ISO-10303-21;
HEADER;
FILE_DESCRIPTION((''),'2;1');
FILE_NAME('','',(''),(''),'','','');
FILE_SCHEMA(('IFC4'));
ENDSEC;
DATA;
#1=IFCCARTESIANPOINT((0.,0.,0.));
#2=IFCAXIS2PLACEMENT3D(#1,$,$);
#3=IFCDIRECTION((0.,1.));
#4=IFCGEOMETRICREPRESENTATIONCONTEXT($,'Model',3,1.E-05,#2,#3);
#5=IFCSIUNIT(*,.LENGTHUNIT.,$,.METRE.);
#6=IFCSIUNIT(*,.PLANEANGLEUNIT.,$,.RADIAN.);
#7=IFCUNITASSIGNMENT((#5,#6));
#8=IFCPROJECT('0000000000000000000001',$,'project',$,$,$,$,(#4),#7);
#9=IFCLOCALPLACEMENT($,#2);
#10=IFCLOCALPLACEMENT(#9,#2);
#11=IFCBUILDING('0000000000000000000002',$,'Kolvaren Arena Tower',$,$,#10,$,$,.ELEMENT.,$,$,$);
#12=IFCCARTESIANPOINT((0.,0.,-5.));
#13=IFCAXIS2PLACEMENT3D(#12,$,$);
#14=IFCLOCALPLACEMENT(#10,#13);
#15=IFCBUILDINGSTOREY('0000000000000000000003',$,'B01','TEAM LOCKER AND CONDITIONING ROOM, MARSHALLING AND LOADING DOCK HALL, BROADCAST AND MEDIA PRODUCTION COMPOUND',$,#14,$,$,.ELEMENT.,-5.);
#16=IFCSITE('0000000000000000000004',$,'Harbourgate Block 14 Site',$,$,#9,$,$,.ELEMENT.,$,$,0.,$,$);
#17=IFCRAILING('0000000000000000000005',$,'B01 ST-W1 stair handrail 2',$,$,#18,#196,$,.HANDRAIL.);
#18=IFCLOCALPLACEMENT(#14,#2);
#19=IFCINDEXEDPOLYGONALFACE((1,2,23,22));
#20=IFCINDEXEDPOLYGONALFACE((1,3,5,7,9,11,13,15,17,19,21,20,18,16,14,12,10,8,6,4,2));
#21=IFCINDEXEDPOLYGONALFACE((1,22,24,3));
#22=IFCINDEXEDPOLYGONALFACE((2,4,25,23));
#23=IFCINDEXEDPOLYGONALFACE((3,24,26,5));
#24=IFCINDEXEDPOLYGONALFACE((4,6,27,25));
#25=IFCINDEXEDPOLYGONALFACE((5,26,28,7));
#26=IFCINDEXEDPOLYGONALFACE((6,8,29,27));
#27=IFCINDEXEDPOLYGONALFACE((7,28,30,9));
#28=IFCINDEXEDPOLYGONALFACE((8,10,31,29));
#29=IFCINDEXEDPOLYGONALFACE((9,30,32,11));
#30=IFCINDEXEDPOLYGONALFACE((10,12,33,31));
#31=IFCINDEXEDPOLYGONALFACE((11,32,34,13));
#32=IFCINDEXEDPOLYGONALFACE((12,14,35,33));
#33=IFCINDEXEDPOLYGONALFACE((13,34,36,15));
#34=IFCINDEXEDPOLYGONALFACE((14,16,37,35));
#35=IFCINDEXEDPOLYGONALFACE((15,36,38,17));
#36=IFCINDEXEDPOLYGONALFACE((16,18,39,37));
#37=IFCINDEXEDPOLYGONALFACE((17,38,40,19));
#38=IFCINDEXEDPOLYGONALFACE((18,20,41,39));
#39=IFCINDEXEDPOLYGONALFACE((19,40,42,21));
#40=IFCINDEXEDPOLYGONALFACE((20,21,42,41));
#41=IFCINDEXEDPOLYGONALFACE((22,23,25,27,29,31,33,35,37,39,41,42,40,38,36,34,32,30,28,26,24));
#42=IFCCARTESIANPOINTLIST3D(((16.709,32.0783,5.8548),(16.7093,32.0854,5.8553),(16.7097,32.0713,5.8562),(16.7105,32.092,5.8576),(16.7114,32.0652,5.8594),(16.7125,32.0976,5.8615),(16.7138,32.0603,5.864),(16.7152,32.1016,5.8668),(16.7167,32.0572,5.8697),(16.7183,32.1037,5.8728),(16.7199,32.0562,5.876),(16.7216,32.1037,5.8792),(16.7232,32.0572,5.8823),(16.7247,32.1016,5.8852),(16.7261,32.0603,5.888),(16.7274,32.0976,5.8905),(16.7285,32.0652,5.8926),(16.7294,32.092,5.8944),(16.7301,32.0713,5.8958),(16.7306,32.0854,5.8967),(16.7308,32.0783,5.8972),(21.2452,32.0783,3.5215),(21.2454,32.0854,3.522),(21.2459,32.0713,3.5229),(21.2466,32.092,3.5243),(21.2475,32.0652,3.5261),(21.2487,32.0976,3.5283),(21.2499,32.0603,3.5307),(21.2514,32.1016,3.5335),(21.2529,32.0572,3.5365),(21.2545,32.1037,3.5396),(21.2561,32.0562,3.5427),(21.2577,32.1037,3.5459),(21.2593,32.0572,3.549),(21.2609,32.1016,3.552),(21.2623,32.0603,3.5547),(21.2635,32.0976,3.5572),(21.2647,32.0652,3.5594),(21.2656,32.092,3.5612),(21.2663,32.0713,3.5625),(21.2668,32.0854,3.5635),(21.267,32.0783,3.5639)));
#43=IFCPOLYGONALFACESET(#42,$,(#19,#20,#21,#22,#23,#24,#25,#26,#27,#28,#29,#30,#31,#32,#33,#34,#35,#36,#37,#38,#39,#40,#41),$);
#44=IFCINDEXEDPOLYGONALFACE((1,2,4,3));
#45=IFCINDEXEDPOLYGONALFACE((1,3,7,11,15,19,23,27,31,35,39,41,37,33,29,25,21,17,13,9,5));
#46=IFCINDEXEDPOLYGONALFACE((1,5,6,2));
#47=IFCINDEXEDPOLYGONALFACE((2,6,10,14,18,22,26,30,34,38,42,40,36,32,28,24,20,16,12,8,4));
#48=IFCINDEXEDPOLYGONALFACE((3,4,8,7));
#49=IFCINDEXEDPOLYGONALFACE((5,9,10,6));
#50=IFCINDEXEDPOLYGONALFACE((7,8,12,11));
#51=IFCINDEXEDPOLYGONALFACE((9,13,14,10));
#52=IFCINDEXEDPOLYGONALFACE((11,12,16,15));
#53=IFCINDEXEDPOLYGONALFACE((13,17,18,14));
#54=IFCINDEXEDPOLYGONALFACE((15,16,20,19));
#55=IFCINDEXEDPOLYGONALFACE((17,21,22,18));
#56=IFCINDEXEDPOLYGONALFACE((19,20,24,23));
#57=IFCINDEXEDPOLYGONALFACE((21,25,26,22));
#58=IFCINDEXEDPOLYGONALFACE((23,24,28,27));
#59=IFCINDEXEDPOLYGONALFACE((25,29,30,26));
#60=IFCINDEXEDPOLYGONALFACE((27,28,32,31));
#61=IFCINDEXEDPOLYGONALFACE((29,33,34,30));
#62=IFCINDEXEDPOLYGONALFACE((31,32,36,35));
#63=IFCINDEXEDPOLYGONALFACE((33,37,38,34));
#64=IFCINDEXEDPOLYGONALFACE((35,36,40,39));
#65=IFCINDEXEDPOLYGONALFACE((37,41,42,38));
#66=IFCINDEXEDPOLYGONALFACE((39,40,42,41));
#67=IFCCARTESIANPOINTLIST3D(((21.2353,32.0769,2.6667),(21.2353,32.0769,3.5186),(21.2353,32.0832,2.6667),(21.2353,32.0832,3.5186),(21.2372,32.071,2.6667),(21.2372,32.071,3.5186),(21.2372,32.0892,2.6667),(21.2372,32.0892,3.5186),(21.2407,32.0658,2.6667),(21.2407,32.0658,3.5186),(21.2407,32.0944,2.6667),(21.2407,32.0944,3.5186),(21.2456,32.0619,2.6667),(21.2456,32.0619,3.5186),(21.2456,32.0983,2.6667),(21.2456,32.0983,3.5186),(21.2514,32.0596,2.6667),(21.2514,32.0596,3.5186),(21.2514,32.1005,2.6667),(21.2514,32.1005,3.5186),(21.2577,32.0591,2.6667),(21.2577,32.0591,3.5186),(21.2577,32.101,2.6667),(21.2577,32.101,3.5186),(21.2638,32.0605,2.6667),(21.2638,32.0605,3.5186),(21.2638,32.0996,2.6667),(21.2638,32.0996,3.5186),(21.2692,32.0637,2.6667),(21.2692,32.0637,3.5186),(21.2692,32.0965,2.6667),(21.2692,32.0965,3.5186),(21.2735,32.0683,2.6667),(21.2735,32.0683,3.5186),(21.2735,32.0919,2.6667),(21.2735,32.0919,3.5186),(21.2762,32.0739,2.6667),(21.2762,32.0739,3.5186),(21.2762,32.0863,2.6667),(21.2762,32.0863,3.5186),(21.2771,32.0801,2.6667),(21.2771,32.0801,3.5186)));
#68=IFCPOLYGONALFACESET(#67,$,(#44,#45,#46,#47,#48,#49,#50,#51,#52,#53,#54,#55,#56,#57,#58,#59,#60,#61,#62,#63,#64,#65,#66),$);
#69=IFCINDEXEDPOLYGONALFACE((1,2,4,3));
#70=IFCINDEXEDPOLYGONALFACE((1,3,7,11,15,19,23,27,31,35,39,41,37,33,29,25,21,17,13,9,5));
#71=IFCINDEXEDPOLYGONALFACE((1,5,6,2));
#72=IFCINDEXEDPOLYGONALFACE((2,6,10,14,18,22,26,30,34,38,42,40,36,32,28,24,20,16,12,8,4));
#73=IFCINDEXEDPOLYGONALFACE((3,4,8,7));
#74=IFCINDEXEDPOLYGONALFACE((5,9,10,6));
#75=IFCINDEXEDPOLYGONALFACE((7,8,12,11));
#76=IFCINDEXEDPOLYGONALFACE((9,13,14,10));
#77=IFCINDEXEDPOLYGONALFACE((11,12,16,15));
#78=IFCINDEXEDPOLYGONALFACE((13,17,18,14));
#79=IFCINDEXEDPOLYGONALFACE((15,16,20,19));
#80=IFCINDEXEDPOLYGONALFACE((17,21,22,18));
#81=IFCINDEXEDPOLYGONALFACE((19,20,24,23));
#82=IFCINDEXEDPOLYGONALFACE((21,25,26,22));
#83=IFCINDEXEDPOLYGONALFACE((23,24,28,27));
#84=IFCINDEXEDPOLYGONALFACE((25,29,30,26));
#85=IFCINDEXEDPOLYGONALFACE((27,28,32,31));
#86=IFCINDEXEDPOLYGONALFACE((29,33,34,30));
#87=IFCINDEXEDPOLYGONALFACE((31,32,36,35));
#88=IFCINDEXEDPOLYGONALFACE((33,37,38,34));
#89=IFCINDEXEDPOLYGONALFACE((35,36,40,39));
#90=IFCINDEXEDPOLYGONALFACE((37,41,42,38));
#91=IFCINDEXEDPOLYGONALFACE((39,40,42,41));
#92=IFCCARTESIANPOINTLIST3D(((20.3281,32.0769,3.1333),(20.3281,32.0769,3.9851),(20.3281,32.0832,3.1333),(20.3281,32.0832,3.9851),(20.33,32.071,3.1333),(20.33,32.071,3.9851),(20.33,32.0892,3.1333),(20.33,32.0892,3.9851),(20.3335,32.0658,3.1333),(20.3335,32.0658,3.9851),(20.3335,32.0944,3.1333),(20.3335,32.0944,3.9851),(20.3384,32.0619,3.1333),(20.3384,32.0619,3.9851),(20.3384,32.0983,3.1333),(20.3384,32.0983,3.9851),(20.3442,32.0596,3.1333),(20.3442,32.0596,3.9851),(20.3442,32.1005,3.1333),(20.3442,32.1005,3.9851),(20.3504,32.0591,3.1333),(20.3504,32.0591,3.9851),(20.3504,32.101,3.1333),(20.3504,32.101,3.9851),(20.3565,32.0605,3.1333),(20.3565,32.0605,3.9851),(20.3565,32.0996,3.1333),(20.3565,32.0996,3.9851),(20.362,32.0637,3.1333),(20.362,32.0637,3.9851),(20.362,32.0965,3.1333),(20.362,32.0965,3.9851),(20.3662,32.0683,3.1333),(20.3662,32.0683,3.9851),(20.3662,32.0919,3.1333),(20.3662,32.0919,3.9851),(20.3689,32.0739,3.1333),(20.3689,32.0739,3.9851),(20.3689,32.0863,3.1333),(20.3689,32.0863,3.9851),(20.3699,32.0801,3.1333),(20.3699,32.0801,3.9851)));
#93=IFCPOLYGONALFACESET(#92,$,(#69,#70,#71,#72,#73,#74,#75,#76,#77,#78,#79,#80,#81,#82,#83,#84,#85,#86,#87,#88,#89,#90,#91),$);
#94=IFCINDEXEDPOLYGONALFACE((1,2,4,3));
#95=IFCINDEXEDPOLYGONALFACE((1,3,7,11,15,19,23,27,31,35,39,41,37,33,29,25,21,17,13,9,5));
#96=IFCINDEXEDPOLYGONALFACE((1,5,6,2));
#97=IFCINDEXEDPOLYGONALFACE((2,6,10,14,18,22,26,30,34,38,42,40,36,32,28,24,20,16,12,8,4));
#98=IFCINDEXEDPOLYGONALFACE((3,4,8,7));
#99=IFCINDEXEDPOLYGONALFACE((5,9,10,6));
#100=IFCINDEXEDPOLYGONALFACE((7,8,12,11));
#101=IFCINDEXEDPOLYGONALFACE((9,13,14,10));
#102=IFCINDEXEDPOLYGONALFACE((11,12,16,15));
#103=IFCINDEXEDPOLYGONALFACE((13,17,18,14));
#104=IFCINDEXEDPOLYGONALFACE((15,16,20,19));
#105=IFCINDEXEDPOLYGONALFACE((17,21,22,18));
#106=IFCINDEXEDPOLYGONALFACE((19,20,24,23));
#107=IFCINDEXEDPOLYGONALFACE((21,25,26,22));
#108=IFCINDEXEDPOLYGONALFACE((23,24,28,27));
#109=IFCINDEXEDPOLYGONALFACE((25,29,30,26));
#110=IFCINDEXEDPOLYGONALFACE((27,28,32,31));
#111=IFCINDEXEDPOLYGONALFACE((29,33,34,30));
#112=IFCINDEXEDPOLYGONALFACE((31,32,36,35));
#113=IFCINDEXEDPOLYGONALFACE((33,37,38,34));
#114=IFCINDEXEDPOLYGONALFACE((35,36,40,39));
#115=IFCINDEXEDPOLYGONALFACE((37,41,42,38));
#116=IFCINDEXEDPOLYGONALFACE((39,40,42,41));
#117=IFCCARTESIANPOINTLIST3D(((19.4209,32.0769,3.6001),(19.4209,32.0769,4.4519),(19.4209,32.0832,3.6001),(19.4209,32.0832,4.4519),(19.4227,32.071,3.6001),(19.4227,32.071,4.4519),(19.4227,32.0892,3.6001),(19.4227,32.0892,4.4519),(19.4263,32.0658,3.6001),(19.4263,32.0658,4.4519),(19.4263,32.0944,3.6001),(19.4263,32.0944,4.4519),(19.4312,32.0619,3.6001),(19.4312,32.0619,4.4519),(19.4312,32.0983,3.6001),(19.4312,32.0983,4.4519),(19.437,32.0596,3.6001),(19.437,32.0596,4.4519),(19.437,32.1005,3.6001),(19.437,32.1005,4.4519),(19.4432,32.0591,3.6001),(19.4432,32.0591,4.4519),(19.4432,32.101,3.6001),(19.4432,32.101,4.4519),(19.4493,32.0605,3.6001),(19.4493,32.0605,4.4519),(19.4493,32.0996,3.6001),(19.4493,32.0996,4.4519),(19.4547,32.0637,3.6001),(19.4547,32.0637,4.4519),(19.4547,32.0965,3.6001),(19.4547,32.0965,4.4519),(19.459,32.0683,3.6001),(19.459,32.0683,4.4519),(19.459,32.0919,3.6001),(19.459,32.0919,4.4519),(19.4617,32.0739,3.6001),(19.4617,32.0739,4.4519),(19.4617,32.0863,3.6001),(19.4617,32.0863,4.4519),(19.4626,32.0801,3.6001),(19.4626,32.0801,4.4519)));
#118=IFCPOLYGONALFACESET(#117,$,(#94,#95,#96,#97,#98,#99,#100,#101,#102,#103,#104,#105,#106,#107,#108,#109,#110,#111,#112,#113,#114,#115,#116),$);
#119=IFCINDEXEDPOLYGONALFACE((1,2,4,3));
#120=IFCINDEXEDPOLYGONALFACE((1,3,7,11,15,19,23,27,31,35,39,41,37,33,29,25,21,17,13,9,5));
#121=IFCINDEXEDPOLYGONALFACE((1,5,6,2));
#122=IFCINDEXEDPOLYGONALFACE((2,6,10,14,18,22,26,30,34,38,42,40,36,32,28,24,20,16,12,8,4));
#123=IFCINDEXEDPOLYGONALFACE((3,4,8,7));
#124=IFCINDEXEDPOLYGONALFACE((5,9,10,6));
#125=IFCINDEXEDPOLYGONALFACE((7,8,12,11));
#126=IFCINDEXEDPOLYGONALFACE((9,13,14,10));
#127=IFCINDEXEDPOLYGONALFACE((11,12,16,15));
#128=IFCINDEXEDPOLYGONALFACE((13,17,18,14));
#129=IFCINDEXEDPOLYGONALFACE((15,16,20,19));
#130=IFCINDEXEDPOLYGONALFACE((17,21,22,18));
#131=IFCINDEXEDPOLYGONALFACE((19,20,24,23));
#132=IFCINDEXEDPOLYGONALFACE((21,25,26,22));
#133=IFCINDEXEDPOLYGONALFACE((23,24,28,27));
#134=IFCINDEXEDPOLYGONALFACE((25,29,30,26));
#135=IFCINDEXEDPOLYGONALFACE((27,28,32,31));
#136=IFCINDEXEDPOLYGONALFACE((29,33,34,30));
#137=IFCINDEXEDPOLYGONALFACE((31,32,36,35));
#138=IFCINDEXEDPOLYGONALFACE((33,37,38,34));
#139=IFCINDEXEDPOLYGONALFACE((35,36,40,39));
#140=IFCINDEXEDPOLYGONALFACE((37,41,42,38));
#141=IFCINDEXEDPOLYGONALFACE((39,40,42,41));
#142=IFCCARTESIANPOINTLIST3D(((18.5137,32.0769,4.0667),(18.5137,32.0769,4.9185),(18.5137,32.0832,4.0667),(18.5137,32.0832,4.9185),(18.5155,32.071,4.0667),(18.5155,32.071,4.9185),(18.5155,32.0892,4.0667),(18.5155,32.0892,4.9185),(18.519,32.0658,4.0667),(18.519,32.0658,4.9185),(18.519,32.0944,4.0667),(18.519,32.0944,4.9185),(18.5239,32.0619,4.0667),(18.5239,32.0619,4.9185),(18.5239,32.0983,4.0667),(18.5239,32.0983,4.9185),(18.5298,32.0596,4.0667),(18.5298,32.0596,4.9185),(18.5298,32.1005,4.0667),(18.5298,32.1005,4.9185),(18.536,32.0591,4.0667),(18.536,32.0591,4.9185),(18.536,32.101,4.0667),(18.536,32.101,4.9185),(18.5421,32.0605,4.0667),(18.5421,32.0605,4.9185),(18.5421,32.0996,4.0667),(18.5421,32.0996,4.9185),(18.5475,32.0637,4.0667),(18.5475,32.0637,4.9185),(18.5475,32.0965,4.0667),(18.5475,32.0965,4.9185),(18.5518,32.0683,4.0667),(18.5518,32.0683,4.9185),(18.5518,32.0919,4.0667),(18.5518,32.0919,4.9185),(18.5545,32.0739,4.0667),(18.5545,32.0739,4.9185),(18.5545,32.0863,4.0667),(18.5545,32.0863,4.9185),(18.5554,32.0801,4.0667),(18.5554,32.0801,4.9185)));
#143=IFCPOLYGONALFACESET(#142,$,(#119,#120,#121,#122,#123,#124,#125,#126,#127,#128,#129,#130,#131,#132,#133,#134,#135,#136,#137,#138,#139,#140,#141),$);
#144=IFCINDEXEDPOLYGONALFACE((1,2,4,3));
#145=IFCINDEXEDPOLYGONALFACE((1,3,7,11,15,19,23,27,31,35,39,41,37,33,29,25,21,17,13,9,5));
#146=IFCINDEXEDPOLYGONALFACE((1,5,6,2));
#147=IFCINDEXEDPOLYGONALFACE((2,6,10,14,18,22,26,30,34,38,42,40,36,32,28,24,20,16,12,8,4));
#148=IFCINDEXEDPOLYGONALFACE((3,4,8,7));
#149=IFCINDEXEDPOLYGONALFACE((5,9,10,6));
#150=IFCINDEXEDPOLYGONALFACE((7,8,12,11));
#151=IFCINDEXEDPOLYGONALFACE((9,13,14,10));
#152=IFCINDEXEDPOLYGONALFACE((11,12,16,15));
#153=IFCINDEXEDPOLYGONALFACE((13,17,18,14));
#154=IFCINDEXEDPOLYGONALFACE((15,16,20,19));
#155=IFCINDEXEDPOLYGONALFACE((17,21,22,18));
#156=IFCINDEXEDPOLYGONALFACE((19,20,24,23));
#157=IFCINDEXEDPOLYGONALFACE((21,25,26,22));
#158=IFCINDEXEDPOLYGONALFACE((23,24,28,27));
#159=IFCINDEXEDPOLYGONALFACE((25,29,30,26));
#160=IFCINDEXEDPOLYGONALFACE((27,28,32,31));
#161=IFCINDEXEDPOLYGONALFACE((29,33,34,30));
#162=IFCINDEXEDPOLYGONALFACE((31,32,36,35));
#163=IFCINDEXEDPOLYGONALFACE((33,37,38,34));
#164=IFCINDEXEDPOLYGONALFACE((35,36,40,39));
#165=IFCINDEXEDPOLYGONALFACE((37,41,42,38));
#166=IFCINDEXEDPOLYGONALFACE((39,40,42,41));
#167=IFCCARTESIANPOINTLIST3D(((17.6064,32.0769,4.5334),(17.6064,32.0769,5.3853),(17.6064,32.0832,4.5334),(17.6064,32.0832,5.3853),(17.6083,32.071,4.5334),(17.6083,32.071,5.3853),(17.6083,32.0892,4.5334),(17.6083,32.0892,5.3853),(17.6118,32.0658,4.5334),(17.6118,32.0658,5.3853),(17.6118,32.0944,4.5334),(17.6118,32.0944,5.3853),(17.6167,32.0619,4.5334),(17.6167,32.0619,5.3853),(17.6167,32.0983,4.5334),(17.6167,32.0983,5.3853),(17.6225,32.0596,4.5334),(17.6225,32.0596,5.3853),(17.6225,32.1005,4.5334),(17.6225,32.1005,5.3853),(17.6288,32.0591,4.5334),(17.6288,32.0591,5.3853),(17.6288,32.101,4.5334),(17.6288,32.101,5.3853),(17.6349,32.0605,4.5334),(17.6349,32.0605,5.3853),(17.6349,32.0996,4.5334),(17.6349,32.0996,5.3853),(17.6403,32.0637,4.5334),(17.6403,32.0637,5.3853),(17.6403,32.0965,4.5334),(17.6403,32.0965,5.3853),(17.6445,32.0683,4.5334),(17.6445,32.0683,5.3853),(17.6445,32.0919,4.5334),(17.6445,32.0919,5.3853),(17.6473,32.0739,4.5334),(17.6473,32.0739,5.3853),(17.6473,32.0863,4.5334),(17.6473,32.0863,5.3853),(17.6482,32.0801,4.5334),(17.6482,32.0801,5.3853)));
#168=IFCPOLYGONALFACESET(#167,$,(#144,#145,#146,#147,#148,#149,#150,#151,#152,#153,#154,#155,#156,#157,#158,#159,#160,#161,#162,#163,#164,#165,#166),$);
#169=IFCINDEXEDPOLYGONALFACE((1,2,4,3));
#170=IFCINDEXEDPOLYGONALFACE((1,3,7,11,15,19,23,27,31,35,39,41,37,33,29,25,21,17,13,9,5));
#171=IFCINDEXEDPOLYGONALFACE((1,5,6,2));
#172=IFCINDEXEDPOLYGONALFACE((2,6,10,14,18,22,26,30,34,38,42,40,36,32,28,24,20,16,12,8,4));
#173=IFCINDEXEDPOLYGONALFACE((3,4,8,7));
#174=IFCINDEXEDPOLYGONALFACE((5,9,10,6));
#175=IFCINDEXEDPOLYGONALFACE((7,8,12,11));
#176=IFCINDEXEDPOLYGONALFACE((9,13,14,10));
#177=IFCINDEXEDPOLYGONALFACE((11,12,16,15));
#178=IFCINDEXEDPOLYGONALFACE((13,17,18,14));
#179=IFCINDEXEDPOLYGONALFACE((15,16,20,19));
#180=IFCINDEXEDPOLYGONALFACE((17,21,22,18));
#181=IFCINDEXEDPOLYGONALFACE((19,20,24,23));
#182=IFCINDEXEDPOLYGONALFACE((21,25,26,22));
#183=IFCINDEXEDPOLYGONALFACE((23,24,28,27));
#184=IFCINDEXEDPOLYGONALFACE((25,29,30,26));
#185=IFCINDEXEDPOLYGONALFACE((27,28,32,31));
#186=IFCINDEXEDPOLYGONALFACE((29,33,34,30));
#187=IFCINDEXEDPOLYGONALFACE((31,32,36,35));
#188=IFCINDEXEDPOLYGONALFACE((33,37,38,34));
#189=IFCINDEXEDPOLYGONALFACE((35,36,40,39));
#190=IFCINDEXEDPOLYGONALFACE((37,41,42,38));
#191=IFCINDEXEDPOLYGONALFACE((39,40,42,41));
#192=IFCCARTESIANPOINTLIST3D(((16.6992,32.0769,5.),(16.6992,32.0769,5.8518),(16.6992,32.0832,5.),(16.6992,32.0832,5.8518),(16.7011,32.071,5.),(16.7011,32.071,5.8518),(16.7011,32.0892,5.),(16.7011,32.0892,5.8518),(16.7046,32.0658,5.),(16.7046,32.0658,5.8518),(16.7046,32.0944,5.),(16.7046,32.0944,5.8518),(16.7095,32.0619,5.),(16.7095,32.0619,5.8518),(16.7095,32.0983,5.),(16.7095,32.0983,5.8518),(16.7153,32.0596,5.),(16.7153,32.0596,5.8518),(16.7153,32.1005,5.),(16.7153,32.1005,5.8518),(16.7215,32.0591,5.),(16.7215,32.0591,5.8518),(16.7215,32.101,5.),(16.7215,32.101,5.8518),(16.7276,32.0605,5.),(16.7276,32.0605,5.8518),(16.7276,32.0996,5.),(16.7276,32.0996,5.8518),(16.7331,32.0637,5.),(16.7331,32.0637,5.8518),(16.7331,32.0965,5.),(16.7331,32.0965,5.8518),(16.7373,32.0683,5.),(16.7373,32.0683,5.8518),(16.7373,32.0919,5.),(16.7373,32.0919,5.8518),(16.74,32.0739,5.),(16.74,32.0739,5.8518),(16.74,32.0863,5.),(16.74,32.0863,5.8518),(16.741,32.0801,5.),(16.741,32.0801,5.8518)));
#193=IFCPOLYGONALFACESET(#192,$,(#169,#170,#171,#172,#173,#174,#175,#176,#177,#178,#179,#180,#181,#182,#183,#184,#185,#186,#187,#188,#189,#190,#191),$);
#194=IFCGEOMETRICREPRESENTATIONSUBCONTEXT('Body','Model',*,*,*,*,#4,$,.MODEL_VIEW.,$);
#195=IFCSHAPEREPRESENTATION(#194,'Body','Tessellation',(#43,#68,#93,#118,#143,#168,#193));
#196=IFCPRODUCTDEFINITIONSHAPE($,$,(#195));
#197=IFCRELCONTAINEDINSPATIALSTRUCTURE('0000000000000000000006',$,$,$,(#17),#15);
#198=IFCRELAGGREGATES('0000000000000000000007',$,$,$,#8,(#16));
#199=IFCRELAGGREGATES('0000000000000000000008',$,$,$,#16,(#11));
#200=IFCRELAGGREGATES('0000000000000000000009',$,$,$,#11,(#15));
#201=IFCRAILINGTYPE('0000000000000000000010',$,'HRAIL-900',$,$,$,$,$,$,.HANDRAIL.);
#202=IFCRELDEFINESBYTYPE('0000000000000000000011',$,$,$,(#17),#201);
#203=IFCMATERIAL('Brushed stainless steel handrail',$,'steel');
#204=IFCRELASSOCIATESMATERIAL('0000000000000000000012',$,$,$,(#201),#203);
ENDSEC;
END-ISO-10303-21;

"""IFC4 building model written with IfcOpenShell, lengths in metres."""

from ifc_helpers import new_model, si_unit, direction, frame, origin, origin_2d, place, context, subcontext, project, spatial, circle, extrude, material, type_object, element, save


model = new_model("IFC4")

# Units and contexts
model_context = context("Model", 3, precision=1e-05, world=origin(), true_north=direction((0.0, 1.0)))
body_context = subcontext(model_context, "Body", "Model", "MODEL_VIEW")
ifc_project = project(units=[si_unit("LENGTHUNIT", "METRE"), si_unit("PLANEANGLEUNIT", "RADIAN")], contexts=[model_context])

# Site, building, storey
site_placement = place(None, origin())
site = spatial("IfcSite", under=ifc_project, at=site_placement, Name="Harbourgate Block 14 Site", CompositionType="ELEMENT", RefElevation=0.0)
building_placement = place(site_placement, origin())
building = spatial("IfcBuilding", under=site, at=building_placement, Name="Kolvaren Arena Tower", CompositionType="ELEMENT")
storey_placement = place(building_placement, frame((0.0, 0.0, -5.0)))
storey = spatial("IfcBuildingStorey", under=building, at=storey_placement, Name="B01", Description="TEAM LOCKER AND CONDITIONING ROOM, MARSHALLING AND LOADING DOCK HALL, BROADCAST AND MEDIA PRODUCTION COMPOUND", CompositionType="ELEMENT", Elevation=-5.0)

# Railing
ifc_material_1 = material(Name="Brushed stainless steel handrail", Category="steel")
railing_type_1 = type_object("IfcRailingType", Name="HRAIL-900", PredefinedType="HANDRAIL", material=ifc_material_1)
railing_1_placement = place(storey_placement, frame((21.2561, 32.0801, 2.6667)))
element("IfcRailing", 1, at=railing_1_placement, inside=storey, type_object=railing_type_1, Name="B01 ST-W1 stair handrail 2", PredefinedType="HANDRAIL", context=body_context, shape_type="SweptSolid", body=[
    extrude(circle(Radius=0.0239, at=origin_2d()), frame((0.0, 0.0, 0.876), z_axis=(-0.889257, 0.0, 0.457407), x_axis=(0.0, -1.0, 0.0)), (0.0, 0.0, 1.0), 5.1011),
    extrude(circle(Radius=0.021, at=origin_2d()), origin(), (0.0, 0.0, 1.0), 0.8518),
    extrude(circle(Radius=0.021, at=origin_2d()), frame((-0.9072, 0.0, 0.4666)), (0.0, 0.0, 1.0), 0.8518),
    extrude(circle(Radius=0.021, at=origin_2d()), frame((-1.8145, 0.0, 0.9333)), (0.0, 0.0, 1.0), 0.8518),
    extrude(circle(Radius=0.021, at=origin_2d()), frame((-2.7217, 0.0, 1.3999)), (0.0, 0.0, 1.0), 0.8518),
    extrude(circle(Radius=0.021, at=origin_2d()), frame((-3.6289, 0.0, 1.8667)), (0.0, 0.0, 1.0), 0.8518),
    extrude(circle(Radius=0.021, at=origin_2d()), frame((-4.5361, 0.0, 2.3333)), (0.0, 0.0, 1.0), 0.8518),
])

save(model, "model.ifc")
